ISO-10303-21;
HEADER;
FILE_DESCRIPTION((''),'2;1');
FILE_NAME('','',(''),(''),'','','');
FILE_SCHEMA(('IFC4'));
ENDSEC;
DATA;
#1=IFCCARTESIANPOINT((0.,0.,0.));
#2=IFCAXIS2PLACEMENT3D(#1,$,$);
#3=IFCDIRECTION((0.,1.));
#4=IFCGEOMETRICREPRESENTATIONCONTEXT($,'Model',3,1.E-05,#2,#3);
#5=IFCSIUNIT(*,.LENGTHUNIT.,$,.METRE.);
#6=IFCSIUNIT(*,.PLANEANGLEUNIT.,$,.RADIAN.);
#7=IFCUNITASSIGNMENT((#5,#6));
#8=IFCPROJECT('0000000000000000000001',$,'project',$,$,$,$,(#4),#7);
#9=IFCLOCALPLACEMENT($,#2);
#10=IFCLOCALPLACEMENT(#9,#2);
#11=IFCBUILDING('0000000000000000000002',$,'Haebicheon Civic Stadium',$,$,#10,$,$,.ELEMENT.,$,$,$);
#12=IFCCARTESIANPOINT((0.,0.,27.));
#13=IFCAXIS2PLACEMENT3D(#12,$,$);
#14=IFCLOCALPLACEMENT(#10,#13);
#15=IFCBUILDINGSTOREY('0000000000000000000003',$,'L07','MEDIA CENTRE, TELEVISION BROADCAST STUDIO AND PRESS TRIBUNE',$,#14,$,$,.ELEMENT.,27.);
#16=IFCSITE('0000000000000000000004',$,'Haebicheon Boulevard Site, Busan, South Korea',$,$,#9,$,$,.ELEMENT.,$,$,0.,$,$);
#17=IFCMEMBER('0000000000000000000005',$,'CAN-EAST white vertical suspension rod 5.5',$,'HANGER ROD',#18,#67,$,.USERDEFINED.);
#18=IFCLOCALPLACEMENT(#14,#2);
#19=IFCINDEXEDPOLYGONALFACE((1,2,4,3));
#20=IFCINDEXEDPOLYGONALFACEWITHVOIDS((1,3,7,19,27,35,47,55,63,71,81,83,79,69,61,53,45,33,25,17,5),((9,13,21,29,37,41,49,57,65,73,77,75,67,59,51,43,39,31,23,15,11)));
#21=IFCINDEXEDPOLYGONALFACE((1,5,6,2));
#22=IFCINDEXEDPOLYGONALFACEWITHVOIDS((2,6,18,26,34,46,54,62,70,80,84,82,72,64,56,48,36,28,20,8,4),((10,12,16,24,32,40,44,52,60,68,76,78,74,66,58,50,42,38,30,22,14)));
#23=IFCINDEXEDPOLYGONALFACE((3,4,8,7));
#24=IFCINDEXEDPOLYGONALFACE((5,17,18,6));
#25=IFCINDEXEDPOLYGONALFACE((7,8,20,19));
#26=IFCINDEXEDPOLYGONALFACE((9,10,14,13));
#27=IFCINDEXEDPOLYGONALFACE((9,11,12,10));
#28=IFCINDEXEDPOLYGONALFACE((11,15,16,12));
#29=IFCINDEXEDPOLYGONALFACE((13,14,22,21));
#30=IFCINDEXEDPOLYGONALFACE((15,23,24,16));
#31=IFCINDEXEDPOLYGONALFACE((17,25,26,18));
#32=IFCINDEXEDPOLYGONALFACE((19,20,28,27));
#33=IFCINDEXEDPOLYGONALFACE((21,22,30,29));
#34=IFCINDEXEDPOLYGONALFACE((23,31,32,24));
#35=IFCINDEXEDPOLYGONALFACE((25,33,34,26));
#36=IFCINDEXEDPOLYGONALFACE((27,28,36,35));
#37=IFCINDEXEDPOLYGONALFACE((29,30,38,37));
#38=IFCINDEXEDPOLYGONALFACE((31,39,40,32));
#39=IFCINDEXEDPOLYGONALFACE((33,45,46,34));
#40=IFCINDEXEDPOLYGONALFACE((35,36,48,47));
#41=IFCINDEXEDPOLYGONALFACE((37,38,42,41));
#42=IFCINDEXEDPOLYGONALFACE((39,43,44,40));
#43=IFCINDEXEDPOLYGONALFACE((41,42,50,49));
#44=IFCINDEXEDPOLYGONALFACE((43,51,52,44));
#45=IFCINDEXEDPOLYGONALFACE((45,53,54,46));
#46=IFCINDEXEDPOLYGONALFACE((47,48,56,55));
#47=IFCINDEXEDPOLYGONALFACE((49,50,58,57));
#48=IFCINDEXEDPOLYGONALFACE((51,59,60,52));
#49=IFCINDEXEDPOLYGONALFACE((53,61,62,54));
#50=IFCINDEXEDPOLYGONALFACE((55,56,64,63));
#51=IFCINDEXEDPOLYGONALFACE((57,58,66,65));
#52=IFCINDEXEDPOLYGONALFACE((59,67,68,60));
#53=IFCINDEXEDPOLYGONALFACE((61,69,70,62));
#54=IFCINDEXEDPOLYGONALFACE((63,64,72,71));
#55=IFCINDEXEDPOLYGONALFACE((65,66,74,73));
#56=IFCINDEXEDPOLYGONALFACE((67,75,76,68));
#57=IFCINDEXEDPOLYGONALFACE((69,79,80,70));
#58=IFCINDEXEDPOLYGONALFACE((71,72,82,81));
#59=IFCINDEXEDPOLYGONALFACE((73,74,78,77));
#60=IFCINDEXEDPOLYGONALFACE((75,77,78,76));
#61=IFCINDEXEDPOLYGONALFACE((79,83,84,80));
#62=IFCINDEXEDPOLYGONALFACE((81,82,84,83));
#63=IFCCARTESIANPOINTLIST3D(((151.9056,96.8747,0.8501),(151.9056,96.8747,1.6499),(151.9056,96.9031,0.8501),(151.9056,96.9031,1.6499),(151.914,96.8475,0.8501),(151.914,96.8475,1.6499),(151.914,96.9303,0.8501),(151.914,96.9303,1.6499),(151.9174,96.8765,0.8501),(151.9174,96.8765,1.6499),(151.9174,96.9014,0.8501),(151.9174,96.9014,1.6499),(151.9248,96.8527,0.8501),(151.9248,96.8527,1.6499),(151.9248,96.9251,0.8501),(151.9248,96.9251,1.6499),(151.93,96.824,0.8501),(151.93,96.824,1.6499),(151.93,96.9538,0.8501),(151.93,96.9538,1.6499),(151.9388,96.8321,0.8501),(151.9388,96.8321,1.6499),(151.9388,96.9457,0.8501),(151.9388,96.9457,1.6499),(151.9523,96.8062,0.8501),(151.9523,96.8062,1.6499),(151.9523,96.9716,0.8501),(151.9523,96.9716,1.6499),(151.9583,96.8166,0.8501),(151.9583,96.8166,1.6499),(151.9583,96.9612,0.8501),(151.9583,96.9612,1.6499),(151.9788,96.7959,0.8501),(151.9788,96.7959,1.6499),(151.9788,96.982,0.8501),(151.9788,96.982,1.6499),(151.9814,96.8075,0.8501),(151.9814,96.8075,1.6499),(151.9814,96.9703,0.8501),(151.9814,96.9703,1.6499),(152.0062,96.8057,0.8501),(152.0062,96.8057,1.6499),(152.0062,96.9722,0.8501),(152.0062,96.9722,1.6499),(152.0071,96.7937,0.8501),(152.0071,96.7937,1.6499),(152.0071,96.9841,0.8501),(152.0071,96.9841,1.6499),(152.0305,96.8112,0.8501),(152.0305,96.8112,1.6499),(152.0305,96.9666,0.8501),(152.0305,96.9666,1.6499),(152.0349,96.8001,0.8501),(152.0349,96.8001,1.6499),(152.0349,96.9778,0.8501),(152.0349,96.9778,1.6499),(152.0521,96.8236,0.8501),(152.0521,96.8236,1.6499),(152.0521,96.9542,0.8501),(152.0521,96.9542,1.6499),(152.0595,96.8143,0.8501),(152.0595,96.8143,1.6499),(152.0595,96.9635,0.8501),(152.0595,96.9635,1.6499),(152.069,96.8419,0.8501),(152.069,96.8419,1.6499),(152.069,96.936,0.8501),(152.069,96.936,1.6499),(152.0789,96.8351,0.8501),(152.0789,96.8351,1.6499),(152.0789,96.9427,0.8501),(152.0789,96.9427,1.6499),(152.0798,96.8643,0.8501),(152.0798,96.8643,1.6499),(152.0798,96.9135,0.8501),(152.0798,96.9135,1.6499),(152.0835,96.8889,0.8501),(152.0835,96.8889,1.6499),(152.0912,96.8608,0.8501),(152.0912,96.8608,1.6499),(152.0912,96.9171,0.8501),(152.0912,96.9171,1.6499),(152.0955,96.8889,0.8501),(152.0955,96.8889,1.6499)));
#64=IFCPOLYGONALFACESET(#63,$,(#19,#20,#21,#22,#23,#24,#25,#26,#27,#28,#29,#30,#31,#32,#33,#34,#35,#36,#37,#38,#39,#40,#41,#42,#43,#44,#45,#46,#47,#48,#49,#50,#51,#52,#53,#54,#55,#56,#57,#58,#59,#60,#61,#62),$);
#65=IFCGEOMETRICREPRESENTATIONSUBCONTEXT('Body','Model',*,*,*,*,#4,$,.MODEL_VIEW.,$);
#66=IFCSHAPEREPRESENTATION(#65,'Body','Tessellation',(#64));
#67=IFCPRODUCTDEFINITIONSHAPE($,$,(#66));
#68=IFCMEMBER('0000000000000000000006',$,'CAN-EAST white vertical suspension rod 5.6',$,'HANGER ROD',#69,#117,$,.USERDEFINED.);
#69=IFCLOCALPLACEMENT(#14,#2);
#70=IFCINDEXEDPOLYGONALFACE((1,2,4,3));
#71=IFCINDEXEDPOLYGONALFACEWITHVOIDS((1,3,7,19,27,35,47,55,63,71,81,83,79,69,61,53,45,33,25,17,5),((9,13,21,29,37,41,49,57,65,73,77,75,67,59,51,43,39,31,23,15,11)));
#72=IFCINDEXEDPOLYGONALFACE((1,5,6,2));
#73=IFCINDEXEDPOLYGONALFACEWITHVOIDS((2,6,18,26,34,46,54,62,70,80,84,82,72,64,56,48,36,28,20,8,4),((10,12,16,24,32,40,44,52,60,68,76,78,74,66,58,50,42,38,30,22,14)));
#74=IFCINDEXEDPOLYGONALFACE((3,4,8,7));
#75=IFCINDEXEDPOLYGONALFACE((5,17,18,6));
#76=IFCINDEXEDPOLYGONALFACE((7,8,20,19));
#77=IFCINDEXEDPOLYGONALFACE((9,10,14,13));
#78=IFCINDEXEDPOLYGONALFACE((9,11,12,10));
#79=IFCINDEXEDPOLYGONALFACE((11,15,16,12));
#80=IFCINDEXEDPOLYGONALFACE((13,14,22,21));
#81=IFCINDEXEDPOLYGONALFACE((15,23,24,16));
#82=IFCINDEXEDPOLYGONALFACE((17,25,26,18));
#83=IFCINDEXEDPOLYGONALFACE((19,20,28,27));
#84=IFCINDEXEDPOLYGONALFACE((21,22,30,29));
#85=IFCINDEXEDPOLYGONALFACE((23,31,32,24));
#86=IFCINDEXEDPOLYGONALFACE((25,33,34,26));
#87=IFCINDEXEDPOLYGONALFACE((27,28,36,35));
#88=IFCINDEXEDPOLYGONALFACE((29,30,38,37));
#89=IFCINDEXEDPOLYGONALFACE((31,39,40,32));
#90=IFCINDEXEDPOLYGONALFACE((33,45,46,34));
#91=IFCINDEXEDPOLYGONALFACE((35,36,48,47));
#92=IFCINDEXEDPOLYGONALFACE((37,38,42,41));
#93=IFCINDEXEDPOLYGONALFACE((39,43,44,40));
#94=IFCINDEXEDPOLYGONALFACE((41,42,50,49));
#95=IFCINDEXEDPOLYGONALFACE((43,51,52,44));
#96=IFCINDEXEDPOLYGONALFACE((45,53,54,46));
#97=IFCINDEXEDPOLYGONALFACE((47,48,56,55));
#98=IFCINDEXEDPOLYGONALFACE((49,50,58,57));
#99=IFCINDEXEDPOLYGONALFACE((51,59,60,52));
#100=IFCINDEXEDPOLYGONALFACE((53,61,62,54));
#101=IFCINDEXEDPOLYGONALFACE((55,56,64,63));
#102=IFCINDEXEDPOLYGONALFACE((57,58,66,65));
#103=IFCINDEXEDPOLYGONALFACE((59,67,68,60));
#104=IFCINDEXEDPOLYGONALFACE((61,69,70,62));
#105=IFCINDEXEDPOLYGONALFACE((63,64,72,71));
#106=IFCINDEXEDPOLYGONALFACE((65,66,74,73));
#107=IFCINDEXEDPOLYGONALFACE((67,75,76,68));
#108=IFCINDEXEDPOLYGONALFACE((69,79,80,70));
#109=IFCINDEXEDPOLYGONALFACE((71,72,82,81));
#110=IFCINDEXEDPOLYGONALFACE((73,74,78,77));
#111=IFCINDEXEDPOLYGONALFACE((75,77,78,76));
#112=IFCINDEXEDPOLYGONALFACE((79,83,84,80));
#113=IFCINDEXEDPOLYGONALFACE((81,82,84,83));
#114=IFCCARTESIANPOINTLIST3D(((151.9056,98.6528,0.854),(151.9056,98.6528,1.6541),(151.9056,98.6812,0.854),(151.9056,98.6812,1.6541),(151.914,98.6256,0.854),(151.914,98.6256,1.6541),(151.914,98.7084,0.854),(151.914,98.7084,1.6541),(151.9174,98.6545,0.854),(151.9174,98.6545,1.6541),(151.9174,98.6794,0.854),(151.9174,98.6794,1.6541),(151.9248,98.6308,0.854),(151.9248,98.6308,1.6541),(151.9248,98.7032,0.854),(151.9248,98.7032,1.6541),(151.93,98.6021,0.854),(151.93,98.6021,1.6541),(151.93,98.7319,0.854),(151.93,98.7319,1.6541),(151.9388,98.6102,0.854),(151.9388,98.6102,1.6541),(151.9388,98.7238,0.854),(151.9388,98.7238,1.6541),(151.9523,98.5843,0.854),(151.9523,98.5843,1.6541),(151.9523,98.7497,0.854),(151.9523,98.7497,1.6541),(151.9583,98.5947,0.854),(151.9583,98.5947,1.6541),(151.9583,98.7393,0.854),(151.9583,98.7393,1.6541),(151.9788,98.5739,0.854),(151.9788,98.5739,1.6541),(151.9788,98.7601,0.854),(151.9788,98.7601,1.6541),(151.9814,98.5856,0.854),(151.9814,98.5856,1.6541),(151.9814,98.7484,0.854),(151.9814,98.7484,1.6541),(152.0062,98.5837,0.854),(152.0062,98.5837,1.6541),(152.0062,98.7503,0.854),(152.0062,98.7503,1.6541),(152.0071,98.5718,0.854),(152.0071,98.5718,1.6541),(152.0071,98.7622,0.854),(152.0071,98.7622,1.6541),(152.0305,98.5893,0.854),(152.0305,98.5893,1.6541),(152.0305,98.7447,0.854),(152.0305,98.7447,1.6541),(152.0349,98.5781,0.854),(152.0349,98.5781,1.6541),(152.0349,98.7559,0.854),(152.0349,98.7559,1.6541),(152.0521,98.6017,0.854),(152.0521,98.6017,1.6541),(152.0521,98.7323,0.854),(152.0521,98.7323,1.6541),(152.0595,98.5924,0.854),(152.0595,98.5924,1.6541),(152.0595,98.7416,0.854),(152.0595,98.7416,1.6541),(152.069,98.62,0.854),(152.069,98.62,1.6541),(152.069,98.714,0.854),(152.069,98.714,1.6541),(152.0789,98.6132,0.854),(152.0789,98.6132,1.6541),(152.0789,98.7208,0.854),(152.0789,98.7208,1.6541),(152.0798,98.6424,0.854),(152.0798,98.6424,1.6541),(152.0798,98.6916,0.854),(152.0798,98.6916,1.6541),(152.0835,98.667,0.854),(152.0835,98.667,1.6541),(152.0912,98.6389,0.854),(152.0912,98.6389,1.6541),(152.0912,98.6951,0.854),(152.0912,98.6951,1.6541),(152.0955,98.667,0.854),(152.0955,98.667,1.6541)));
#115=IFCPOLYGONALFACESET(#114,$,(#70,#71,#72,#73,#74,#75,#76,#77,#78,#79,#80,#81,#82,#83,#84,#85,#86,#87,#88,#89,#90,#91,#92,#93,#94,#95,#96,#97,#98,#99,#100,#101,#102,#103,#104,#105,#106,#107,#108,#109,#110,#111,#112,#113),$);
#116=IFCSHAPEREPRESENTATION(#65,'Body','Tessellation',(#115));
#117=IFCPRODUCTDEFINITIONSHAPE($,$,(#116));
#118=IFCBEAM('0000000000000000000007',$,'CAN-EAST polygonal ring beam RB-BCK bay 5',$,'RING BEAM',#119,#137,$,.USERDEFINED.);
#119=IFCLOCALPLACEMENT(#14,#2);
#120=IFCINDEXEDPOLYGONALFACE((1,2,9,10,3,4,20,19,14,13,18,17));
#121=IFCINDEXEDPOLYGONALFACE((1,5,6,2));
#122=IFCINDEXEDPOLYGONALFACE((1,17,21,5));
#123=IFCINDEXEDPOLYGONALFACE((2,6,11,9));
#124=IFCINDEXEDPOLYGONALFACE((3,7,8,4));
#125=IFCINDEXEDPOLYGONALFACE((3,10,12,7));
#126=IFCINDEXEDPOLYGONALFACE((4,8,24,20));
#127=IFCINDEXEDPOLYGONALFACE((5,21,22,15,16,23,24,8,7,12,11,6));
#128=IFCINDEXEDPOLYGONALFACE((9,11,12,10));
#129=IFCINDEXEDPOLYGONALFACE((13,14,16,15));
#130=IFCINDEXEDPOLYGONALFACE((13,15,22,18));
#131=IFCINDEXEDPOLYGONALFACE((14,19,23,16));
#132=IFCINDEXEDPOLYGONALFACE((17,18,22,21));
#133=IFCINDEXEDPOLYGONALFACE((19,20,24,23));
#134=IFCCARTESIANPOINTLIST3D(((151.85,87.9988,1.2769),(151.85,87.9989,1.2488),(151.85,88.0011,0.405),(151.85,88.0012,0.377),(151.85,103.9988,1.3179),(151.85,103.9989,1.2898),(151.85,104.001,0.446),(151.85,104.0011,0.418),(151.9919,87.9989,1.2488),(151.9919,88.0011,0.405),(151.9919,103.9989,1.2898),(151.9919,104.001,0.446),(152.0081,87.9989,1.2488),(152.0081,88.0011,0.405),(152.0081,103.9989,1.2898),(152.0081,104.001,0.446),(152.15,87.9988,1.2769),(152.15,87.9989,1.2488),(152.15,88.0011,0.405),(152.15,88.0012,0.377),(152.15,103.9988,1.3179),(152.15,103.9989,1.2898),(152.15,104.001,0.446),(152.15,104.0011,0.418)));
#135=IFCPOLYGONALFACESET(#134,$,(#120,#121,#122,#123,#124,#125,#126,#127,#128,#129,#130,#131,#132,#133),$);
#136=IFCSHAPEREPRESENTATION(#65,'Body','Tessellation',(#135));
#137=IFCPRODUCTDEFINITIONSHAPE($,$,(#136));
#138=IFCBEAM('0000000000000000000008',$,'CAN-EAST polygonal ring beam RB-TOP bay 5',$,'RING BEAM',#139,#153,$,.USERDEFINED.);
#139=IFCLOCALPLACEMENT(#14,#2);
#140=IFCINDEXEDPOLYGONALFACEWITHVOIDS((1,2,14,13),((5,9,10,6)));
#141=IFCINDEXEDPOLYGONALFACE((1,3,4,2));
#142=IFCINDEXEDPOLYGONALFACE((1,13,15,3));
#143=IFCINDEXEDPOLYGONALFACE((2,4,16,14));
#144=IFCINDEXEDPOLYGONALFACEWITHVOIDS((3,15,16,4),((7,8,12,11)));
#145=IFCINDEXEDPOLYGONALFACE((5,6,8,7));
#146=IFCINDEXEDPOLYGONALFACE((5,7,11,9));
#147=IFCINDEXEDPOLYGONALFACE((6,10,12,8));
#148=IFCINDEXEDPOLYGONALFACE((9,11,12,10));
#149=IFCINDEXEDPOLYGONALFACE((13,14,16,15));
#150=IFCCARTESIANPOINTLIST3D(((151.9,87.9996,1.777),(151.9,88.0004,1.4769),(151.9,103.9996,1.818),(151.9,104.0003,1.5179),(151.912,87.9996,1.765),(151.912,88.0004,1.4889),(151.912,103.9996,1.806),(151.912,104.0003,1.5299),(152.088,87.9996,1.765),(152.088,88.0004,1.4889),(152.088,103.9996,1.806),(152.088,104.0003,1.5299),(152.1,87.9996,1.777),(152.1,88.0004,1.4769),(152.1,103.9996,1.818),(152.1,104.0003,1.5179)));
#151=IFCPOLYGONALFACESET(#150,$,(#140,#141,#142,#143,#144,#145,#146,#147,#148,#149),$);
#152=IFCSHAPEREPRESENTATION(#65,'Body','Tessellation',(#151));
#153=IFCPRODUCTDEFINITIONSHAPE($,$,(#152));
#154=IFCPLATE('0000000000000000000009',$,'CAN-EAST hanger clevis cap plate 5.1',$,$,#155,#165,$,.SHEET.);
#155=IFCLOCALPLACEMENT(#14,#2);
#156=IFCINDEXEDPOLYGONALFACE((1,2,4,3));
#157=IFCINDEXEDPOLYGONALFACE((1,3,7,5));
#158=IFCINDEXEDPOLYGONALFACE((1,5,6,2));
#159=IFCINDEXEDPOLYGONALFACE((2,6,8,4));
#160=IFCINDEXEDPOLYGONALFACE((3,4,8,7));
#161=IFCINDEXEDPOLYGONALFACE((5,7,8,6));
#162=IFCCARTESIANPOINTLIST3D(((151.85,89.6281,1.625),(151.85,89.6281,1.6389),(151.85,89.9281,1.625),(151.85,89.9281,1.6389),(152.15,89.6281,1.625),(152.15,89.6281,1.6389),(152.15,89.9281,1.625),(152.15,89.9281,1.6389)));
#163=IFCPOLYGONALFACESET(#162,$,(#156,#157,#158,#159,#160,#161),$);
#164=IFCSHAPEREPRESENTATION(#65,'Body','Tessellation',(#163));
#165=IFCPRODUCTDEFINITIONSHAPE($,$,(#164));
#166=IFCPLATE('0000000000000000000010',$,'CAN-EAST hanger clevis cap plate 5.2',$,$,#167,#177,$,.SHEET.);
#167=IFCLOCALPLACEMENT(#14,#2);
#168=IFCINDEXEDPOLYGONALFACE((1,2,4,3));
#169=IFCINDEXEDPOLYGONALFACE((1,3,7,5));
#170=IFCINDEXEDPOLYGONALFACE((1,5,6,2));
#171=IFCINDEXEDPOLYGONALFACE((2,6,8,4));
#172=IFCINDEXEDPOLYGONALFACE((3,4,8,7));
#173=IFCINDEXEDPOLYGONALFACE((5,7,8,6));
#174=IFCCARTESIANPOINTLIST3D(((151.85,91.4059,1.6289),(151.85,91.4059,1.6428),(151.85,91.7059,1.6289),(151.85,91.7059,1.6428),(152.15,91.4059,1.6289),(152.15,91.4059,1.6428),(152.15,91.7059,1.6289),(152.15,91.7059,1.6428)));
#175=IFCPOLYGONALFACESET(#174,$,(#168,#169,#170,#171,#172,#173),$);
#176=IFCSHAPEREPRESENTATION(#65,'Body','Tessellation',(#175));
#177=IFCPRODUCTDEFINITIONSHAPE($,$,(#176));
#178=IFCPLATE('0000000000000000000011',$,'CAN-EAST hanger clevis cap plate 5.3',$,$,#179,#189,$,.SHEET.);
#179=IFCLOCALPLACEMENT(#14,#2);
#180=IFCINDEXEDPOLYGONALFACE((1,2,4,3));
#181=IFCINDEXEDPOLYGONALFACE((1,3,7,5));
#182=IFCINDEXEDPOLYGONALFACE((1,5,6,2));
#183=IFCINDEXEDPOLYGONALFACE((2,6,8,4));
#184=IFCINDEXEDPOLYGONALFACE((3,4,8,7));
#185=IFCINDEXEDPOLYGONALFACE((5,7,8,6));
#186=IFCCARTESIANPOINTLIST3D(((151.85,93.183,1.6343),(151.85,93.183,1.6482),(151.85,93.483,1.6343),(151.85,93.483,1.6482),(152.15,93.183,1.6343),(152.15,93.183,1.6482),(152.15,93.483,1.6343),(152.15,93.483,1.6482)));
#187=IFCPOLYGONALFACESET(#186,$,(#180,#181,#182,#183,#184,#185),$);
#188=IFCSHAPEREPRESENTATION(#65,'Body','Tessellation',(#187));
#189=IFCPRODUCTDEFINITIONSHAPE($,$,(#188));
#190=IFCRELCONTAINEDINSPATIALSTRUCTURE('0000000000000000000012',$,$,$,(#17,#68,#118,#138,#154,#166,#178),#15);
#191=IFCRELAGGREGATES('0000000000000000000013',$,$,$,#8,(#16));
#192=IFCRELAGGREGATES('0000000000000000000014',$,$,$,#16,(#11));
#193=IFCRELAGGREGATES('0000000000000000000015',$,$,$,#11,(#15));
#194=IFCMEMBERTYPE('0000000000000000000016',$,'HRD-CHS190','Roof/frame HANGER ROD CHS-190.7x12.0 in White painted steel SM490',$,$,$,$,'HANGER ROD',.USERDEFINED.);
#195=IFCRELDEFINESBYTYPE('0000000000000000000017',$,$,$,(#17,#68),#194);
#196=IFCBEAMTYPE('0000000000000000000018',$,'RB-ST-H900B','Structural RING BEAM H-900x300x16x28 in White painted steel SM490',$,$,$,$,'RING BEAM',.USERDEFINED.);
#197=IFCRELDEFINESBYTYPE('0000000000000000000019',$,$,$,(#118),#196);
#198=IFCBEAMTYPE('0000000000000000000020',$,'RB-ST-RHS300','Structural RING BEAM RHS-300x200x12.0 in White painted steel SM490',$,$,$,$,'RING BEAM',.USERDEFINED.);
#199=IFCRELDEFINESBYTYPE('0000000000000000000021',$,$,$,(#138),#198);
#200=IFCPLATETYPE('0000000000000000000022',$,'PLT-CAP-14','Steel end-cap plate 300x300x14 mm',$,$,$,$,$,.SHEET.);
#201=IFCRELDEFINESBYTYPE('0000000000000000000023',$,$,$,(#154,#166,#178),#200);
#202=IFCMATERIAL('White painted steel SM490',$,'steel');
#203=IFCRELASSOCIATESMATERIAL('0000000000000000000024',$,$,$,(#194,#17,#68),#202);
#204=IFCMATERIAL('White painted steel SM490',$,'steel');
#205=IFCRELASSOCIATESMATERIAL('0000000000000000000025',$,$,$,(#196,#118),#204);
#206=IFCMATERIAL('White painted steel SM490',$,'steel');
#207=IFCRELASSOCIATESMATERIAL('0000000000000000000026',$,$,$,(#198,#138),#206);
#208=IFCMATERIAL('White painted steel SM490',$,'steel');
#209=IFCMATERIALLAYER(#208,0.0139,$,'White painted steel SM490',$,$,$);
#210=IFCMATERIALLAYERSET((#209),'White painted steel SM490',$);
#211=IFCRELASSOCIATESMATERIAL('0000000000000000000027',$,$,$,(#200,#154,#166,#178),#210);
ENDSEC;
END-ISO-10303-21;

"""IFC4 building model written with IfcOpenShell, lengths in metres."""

from ifc_helpers import new_model, si_unit, direction, frame, origin, origin_2d, place, context, subcontext, project, spatial, rectangle, hollow_rectangle, hollow_circle, i_section, extrude, material, layer, layer_set, material_profile, profile_set, type_object, element, save


model = new_model("IFC4")

# Units and contexts
model_context = context("Model", 3, precision=1e-05, world=origin(), true_north=direction((0.0, 1.0)))
body_context = subcontext(model_context, "Body", "Model", "MODEL_VIEW")
ifc_project = project(units=[si_unit("LENGTHUNIT", "METRE"), si_unit("PLANEANGLEUNIT", "RADIAN")], contexts=[model_context])

# Site, building, storey
site_placement = place(None, origin())
site = spatial("IfcSite", under=ifc_project, at=site_placement, Name="Haebicheon Boulevard Site, Busan, South Korea", CompositionType="ELEMENT", RefElevation=0.0)
building_placement = place(site_placement, origin())
building = spatial("IfcBuilding", under=site, at=building_placement, Name="Haebicheon Civic Stadium", CompositionType="ELEMENT")
storey_placement = place(building_placement, frame((0.0, 0.0, 27.0)))
storey = spatial("IfcBuildingStorey", under=building, at=storey_placement, Name="L07", Description="MEDIA CENTRE, TELEVISION BROADCAST STUDIO AND PRESS TRIBUNE", CompositionType="ELEMENT", Elevation=27.0)

# Members
ifc_material_1 = material(Name="White painted steel SM490", Category="steel")
ifc_material_profile_1 = material_profile(ifc_material_1, hollow_circle(Radius=0.0955, WallThickness=0.012, at=origin_2d()), Name="CHS-190.7x12.0")
ifc_profile_set_1 = profile_set([ifc_material_profile_1], Name="White painted steel SM490")
member_type_1 = type_object("IfcMemberType", Name="HRD-CHS190", Description="Roof/frame HANGER ROD CHS-190.7x12.0 in White painted steel SM490", ElementType="HANGER ROD", PredefinedType="USERDEFINED", material=ifc_profile_set_1)
member_1_placement = place(storey_placement, frame((152.0, 96.8889, 0.8501), z_axis=(0.0, 0.0, 1.0), x_axis=(1.0, 0.0, 0.0)))
element("IfcMember", 1, at=member_1_placement, inside=storey, type_object=member_type_1, material=ifc_profile_set_1, Name="CAN-EAST white vertical suspension rod 5.5", ObjectType="HANGER ROD", PredefinedType="USERDEFINED", context=body_context, shape_type="SweptSolid", body=[
    extrude(hollow_circle(Radius=0.0955, WallThickness=0.012, at=origin_2d()), origin(), (0.0, 0.0, 1.0), 0.7998),
])
member_2_placement = place(storey_placement, frame((152.0, 98.667, 0.854), z_axis=(0.0, 0.0, 1.0), x_axis=(1.0, 0.0, 0.0)))
element("IfcMember", 2, at=member_2_placement, inside=storey, type_object=member_type_1, material=ifc_profile_set_1, Name="CAN-EAST white vertical suspension rod 5.6", ObjectType="HANGER ROD", PredefinedType="USERDEFINED", context=body_context, shape_type="SweptSolid", body=[
    extrude(hollow_circle(Radius=0.0955, WallThickness=0.012, at=origin_2d()), origin(), (0.0, 0.0, 1.0), 0.8),
])

# Beams
ifc_material_2 = material(Name="White painted steel SM490", Category="steel")
ifc_material_profile_2 = material_profile(ifc_material_2, i_section(OverallWidth=0.3, OverallDepth=0.8999, WebThickness=0.0161, FlangeThickness=0.0281, at=origin_2d()), Name="H-900x300x16x28")
ifc_profile_set_2 = profile_set([ifc_material_profile_2], Name="White painted steel SM490")
beam_type_1 = type_object("IfcBeamType", Name="RB-ST-H900B", Description="Structural RING BEAM H-900x300x16x28 in White painted steel SM490", ElementType="RING BEAM", PredefinedType="USERDEFINED", material=ifc_profile_set_2)
beam_1_placement = place(storey_placement, frame((152.0, 88.0, 0.8269), z_axis=(0.0, 0.999997, 0.002563), x_axis=(-1.0, 0.0, 0.0)))
element("IfcBeam", 3, at=beam_1_placement, inside=storey, type_object=beam_type_1, material=ifc_profile_set_2, Name="CAN-EAST polygonal ring beam RB-BCK bay 5", ObjectType="RING BEAM", PredefinedType="USERDEFINED", context=body_context, shape_type="SweptSolid", body=[
    extrude(i_section(OverallWidth=0.3, OverallDepth=0.8999, WebThickness=0.0161, FlangeThickness=0.0281, at=origin_2d()), origin(), (0.0, 0.0, 1.0), 16.0),
])
ifc_material_3 = material(Name="White painted steel SM490", Category="steel")
ifc_material_profile_3 = material_profile(ifc_material_3, hollow_rectangle(XDim=0.2, YDim=0.3, WallThickness=0.012, at=origin_2d()), Name="RHS-300x200x12.0")
ifc_profile_set_3 = profile_set([ifc_material_profile_3], Name="White painted steel SM490")
beam_type_2 = type_object("IfcBeamType", Name="RB-ST-RHS300", Description="Structural RING BEAM RHS-300x200x12.0 in White painted steel SM490", ElementType="RING BEAM", PredefinedType="USERDEFINED", material=ifc_profile_set_3)
beam_2_placement = place(storey_placement, frame((152.0, 88.0, 1.627), z_axis=(0.0, 0.999997, 0.002563), x_axis=(-1.0, 0.0, 0.0)))
element("IfcBeam", 4, at=beam_2_placement, inside=storey, type_object=beam_type_2, material=ifc_profile_set_3, Name="CAN-EAST polygonal ring beam RB-TOP bay 5", ObjectType="RING BEAM", PredefinedType="USERDEFINED", context=body_context, shape_type="SweptSolid", body=[
    extrude(hollow_rectangle(XDim=0.2, YDim=0.3, WallThickness=0.012, at=origin_2d()), origin(), (0.0, 0.0, 1.0), 16.0),
])

# Plates
ifc_material_4 = material(Name="White painted steel SM490", Category="steel")
ifc_layer_1 = layer(ifc_material_4, 0.0139, Name="White painted steel SM490")
ifc_layer_set_1 = layer_set([ifc_layer_1], Name="White painted steel SM490")
plate_type_1 = type_object("IfcPlateType", Name="PLT-CAP-14", Description="Steel end-cap plate 300x300x14 mm", PredefinedType="SHEET", material=ifc_layer_set_1)
for number, where, z_axis, x_axis, name in (
    (5, (152.0, 89.7781, 1.625), (0.0, 0.0, 1.0), (1.0, 0.0, 0.0), "CAN-EAST hanger clevis cap plate 5.1"),
    (6, (152.0, 91.5559, 1.6289), (0.0, 0.0, 1.0), (1.0, 0.0, 0.0), "CAN-EAST hanger clevis cap plate 5.2"),
    (7, (152.0, 93.333, 1.6343), (0.0, 0.0, 1.0), (1.0, 0.0, 0.0), "CAN-EAST hanger clevis cap plate 5.3"),
):
    element("IfcPlate", number, at=place(storey_placement, frame(where, z_axis=z_axis, x_axis=x_axis)), inside=storey, type_object=plate_type_1, material=ifc_layer_set_1, Name=name, PredefinedType="SHEET", context=body_context, shape_type="SweptSolid", body=[
        extrude(rectangle(XDim=0.3, YDim=0.3, at=origin_2d()), origin(), (0.0, 0.0, 1.0), 0.0139),
    ])

save(model, "model.ifc")
